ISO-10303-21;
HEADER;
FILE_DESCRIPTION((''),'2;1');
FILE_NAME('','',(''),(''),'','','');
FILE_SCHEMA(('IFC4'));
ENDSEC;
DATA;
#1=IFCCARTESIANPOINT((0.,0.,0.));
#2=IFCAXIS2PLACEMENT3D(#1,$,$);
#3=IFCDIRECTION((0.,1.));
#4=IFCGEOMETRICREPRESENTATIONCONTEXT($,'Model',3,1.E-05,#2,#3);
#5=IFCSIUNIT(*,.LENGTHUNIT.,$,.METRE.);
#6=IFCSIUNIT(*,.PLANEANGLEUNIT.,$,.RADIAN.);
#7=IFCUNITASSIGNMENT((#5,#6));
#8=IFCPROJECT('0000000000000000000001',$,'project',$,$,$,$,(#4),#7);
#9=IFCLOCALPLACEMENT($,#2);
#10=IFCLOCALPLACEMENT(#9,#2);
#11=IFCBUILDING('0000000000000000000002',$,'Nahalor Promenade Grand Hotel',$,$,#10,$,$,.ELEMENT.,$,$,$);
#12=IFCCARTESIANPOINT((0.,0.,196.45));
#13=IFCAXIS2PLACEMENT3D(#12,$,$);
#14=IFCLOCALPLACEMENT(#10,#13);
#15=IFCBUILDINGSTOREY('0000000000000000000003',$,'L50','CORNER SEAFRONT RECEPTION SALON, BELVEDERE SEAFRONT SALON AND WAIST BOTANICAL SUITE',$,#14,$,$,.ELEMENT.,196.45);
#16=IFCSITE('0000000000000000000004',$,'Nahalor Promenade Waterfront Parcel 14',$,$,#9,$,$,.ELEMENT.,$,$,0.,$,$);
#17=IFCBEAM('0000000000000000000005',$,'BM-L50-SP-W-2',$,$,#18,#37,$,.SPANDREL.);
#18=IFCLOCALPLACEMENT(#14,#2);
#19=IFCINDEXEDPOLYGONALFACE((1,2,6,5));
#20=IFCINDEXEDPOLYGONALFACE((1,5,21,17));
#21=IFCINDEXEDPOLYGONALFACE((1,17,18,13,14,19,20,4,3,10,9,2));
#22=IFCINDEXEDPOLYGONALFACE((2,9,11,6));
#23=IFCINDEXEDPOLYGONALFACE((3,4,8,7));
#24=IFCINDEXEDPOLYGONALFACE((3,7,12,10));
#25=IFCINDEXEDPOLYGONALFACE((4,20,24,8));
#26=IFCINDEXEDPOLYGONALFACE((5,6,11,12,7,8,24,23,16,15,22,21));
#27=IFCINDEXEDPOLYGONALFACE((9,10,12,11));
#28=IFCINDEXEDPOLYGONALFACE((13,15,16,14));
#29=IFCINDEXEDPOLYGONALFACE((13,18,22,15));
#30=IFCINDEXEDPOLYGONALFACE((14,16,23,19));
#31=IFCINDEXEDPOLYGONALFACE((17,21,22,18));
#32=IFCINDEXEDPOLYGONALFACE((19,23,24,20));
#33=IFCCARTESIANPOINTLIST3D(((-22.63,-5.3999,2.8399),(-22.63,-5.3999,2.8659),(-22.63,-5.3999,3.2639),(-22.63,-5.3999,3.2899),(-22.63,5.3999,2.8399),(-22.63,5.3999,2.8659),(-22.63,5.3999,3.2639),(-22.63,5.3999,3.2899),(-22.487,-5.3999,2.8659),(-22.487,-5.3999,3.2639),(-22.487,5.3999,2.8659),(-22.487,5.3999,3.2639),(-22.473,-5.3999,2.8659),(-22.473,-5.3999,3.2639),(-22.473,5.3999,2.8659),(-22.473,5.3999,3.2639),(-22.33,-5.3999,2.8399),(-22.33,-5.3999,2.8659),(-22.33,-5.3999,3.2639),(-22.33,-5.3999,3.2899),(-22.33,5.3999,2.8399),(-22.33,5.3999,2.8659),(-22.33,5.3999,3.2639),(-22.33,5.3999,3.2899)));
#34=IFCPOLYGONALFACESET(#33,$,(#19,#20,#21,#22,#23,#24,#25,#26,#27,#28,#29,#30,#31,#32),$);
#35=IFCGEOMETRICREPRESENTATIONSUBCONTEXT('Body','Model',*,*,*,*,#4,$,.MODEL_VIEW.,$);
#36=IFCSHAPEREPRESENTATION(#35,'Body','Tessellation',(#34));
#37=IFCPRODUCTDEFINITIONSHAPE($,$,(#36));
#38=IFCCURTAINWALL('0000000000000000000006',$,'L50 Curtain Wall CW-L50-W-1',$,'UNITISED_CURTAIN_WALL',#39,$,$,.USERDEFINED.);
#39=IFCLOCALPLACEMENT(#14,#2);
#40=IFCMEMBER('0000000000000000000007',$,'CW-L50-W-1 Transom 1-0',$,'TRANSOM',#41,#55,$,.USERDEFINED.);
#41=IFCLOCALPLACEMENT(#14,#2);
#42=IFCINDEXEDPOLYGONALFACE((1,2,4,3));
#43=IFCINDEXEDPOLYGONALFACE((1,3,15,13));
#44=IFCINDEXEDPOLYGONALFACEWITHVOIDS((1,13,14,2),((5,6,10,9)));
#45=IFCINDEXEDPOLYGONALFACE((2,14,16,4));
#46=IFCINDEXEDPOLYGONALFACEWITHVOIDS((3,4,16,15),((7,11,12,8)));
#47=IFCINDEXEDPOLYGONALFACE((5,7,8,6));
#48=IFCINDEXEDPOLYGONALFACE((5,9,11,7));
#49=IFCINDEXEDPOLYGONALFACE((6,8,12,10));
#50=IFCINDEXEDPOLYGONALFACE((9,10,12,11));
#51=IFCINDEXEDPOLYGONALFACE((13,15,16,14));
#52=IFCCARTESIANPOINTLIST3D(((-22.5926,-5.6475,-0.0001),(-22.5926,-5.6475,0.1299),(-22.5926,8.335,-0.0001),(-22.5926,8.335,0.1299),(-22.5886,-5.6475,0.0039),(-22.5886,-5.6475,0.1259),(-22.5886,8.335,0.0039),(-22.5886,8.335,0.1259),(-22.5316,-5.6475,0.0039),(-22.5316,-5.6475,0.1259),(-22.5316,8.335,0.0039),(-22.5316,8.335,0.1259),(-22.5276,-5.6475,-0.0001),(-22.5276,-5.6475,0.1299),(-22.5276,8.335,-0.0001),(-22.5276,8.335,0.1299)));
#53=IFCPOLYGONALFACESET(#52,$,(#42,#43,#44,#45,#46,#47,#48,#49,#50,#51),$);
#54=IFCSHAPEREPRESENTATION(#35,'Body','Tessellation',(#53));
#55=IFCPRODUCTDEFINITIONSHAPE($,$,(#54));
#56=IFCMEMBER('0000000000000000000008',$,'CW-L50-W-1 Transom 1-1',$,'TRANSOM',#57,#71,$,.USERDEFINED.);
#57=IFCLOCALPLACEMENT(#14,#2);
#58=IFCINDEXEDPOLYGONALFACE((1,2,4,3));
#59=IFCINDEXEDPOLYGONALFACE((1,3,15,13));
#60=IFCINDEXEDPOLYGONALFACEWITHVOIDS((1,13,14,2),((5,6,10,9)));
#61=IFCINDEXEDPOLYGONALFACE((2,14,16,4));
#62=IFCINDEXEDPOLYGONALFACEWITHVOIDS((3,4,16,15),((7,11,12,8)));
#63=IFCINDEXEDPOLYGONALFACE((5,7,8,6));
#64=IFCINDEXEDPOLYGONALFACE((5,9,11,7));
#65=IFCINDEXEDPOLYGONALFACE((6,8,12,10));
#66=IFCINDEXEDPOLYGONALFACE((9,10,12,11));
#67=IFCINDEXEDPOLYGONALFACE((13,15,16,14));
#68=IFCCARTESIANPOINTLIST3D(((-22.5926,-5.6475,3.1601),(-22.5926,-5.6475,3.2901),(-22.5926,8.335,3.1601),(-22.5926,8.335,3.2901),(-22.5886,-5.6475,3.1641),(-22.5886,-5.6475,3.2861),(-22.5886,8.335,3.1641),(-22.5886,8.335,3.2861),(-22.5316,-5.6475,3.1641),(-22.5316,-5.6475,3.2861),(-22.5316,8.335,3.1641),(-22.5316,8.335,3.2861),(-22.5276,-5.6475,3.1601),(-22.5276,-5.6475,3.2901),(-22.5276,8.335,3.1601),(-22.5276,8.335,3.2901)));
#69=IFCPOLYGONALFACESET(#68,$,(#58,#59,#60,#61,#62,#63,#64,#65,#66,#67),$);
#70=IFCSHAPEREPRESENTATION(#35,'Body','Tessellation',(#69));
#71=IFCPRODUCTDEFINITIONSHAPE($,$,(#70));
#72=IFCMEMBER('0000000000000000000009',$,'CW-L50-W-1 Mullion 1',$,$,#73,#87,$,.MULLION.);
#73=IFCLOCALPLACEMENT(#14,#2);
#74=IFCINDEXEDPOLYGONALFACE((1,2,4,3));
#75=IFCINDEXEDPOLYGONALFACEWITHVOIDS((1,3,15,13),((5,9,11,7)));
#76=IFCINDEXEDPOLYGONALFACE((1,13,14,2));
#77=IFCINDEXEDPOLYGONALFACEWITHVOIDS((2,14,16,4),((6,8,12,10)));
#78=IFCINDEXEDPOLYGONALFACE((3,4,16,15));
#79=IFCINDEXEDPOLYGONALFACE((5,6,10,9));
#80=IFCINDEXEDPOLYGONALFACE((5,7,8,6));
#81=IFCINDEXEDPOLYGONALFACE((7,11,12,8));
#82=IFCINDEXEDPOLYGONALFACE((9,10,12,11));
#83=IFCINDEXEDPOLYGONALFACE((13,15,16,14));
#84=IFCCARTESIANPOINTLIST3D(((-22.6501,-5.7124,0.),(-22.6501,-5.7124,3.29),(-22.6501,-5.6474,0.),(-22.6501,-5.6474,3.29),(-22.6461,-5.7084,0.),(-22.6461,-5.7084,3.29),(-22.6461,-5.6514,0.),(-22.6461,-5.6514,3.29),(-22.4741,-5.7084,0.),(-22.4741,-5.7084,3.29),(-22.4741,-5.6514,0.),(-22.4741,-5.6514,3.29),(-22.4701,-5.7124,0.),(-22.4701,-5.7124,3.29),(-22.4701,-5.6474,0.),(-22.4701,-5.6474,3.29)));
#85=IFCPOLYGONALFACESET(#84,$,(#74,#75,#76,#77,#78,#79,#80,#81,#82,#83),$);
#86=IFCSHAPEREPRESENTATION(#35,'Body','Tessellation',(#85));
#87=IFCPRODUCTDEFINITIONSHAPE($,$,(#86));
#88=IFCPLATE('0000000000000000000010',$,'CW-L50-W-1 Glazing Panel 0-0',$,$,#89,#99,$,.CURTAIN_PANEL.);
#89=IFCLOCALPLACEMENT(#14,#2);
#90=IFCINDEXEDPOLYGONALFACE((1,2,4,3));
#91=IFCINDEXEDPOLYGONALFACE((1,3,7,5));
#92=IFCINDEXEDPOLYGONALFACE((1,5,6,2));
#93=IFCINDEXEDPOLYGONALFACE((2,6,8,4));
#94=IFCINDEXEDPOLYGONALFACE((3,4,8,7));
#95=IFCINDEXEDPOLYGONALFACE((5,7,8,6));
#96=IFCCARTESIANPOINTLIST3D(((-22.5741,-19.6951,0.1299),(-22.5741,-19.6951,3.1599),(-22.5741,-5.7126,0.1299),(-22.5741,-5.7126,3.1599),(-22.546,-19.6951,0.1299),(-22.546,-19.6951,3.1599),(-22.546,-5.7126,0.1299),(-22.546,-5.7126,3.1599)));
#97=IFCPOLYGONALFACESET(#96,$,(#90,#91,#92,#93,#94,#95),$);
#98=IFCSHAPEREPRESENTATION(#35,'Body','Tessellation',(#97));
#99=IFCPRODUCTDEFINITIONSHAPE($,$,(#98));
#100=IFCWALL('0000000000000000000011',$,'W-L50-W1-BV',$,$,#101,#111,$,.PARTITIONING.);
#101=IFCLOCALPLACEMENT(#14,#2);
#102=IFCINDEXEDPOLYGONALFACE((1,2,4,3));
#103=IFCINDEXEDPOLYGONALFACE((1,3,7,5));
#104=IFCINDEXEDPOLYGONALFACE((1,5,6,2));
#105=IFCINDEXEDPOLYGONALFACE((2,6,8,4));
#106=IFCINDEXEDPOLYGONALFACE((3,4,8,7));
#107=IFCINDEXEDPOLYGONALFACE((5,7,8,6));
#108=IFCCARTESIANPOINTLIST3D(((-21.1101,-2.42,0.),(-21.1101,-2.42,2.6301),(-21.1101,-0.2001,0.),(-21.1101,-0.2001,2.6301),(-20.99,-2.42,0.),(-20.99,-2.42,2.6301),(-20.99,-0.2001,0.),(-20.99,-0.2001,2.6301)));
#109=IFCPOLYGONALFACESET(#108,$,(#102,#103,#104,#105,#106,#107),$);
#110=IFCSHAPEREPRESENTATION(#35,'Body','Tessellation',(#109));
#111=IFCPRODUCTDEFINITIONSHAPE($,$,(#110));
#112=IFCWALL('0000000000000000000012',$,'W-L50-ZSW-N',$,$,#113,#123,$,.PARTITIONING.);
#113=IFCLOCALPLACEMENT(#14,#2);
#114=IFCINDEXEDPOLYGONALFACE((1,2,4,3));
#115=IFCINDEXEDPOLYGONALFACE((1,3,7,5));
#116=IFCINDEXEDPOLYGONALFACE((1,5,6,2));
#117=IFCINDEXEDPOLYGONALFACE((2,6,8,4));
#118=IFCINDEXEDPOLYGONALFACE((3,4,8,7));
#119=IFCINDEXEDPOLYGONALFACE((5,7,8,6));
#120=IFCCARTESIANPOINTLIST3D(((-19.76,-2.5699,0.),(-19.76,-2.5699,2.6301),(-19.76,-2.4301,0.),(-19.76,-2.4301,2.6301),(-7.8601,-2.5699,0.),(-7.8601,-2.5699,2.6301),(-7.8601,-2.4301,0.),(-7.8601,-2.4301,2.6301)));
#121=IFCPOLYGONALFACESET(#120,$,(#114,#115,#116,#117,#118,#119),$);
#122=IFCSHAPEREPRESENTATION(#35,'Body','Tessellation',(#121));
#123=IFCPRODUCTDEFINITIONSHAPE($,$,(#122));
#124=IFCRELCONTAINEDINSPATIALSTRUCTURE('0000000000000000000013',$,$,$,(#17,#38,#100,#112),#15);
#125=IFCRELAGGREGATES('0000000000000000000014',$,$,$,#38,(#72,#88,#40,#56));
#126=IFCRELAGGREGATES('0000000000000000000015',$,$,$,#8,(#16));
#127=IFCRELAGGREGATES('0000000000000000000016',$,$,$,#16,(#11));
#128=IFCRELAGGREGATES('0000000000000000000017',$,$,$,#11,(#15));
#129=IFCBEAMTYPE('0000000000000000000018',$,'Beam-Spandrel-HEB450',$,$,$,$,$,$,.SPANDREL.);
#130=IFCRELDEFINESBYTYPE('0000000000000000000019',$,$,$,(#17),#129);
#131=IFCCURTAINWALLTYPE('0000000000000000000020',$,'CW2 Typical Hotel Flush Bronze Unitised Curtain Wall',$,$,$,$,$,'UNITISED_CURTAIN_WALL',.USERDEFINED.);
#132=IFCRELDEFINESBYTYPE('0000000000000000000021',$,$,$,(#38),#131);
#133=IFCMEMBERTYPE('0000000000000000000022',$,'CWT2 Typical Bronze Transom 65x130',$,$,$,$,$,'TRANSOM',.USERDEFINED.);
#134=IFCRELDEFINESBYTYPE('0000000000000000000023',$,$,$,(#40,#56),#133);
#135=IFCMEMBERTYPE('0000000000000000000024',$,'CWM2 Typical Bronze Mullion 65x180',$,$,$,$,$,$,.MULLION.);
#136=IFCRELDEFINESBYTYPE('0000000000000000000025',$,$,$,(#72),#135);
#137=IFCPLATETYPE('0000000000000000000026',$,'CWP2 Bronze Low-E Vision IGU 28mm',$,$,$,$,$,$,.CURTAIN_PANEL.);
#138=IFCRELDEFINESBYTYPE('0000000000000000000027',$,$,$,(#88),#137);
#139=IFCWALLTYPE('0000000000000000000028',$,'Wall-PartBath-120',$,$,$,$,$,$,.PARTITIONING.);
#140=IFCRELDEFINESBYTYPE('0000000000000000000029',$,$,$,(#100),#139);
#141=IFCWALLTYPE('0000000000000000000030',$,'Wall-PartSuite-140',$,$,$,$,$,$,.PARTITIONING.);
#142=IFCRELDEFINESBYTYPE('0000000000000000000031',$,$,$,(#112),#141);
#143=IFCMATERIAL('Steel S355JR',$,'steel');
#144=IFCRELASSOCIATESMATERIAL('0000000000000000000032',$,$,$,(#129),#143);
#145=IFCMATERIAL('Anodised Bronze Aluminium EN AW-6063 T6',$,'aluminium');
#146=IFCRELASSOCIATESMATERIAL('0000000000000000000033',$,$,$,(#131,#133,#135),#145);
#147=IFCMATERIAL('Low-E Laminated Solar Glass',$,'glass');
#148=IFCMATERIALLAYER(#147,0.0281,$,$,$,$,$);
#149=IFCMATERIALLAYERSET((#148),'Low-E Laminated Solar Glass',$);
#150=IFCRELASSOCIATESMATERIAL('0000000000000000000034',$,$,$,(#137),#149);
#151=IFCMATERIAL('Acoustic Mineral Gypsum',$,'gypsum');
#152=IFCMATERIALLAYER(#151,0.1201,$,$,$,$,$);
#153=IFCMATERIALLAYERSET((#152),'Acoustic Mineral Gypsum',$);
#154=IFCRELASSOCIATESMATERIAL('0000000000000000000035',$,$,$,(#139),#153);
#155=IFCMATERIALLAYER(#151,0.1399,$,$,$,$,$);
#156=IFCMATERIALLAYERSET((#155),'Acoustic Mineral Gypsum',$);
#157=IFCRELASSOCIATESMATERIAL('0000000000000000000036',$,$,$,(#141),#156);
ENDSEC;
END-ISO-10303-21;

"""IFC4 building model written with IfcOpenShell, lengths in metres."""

from ifc_helpers import new_model, si_unit, direction, frame, frame_2d, origin, origin_2d, place, context, subcontext, project, spatial, rectangle, hollow_rectangle, i_section, extrude, source, transform, mapped, material, layer, layer_set, material_profile, profile_set, type_object, element, aggregate, save


model = new_model("IFC4")

# Units and contexts
model_context = context("Model", 3, precision=1e-05, world=origin(), true_north=direction((0.0, 1.0)))
body_context = subcontext(model_context, "Body", "Model", "MODEL_VIEW")
ifc_project = project(units=[si_unit("LENGTHUNIT", "METRE"), si_unit("PLANEANGLEUNIT", "RADIAN")], contexts=[model_context])

# Site, building, storey
site_placement = place(None, origin())
site = spatial("IfcSite", under=ifc_project, at=site_placement, Name="Nahalor Promenade Waterfront Parcel 14", CompositionType="ELEMENT", RefElevation=0.0)
building_placement = place(site_placement, origin())
building = spatial("IfcBuilding", under=site, at=building_placement, Name="Nahalor Promenade Grand Hotel", CompositionType="ELEMENT")
storey_placement = place(building_placement, frame((0.0, 0.0, 196.45)))
storey = spatial("IfcBuildingStorey", under=building, at=storey_placement, Name="L50", Description="CORNER SEAFRONT RECEPTION SALON, BELVEDERE SEAFRONT SALON AND WAIST BOTANICAL SUITE", CompositionType="ELEMENT", Elevation=196.45)

# Beam
ifc_material_1 = material(Name="Steel S355JR", Category="steel")
ifc_material_profile_1 = material_profile(ifc_material_1, i_section(OverallWidth=0.3, OverallDepth=0.45, WebThickness=0.014, FlangeThickness=0.026, at=origin_2d()), Name="HEB 450")
ifc_profile_set_1 = profile_set([ifc_material_profile_1], Name="Steel S355JR")
beam_type_1 = type_object("IfcBeamType", Name="Beam-Spandrel-HEB450", PredefinedType="SPANDREL", material=ifc_profile_set_1)
shared_shape_1 = source(origin(), body_context, "Body", "SweptSolid", [
    extrude(i_section(OverallWidth=0.3, OverallDepth=0.45, WebThickness=0.014, FlangeThickness=0.026, at=origin_2d()), origin(), (0.0, 0.0, 1.0), 10.7998),
])
beam_1_placement = place(storey_placement, frame((-22.48, -5.3999, 3.0649), z_axis=(0.0, 1.0, 0.0), x_axis=(-1.0, 0.0, 0.0)))
element("IfcBeam", 1, at=beam_1_placement, inside=storey, type_object=beam_type_1, Name="BM-L50-SP-W-2", PredefinedType="SPANDREL", context=body_context, shape_type="MappedRepresentation", body=[
    mapped(shared_shape_1, transform((0.0, 0.0, 0.0), scale=1.0)),
])

# Curtain wall, members, plate
ifc_material_2 = material(Name="Anodised Bronze Aluminium EN AW-6063 T6", Category="aluminium")
curtain_wall_type = type_object("IfcCurtainWallType", Name="CW2 Typical Hotel Flush Bronze Unitised Curtain Wall", ElementType="UNITISED_CURTAIN_WALL", PredefinedType="USERDEFINED", material=ifc_material_2)
curtain_wall_placement = place(storey_placement, origin())
curtain_wall = element("IfcCurtainWall", 2, at=curtain_wall_placement, inside=storey, type_object=curtain_wall_type, Name="L50 Curtain Wall CW-L50-W-1", ObjectType="UNITISED_CURTAIN_WALL", PredefinedType="USERDEFINED")
ifc_material_profile_2 = material_profile(ifc_material_2, hollow_rectangle(XDim=0.065, YDim=0.13, WallThickness=0.004, at=origin_2d()), Name="CWT 65x130x4")
ifc_profile_set_2 = profile_set([ifc_material_profile_2], Name="Anodised Bronze Aluminium EN AW-6063 T6")
member_type_1 = type_object("IfcMemberType", Name="CWT2 Typical Bronze Transom 65x130", ElementType="TRANSOM", PredefinedType="USERDEFINED", material=ifc_profile_set_2)
shared_shape_2 = source(origin(), body_context, "Body", "SweptSolid", [
    extrude(hollow_rectangle(XDim=0.065, YDim=0.13, WallThickness=0.004, at=origin_2d()), origin(), (0.0, 0.0, 1.0), 13.9824),
])
member_1_placement = place(storey_placement, frame((-22.5601, -5.6475, 0.0649), z_axis=(0.0, 1.0, 0.0), x_axis=(-1.0, 0.0, 0.0)))
member_1 = element("IfcMember", 3, at=member_1_placement, type_object=member_type_1, Name="CW-L50-W-1 Transom 1-0", ObjectType="TRANSOM", PredefinedType="USERDEFINED", context=body_context, shape_type="MappedRepresentation", body=[
    mapped(shared_shape_2, transform((0.0, 0.0, 0.0), scale=1.0)),
])
member_2_placement = place(storey_placement, frame((-22.5601, -5.6475, 3.2251), z_axis=(0.0, 1.0, 0.0), x_axis=(-1.0, 0.0, 0.0)))
member_2 = element("IfcMember", 4, at=member_2_placement, type_object=member_type_1, Name="CW-L50-W-1 Transom 1-1", ObjectType="TRANSOM", PredefinedType="USERDEFINED", context=body_context, shape_type="MappedRepresentation", body=[
    mapped(shared_shape_2, transform((0.0, 0.0, 0.0), scale=1.0)),
])
ifc_material_profile_3 = material_profile(ifc_material_2, hollow_rectangle(XDim=0.065, YDim=0.18, WallThickness=0.004, at=origin_2d()), Name="CWM 65x180x4")
ifc_profile_set_3 = profile_set([ifc_material_profile_3], Name="Anodised Bronze Aluminium EN AW-6063 T6")
member_type_2 = type_object("IfcMemberType", Name="CWM2 Typical Bronze Mullion 65x180", PredefinedType="MULLION", material=ifc_profile_set_3)
shared_shape_3 = source(origin(), body_context, "Body", "SweptSolid", [
    extrude(hollow_rectangle(XDim=0.065, YDim=0.18, WallThickness=0.004, at=origin_2d()), origin(), (0.0, 0.0, 1.0), 3.29),
])
member_3_placement = place(storey_placement, frame((-22.5601, -5.6799, 0.0), z_axis=(0.0, 0.0, 1.0), x_axis=(0.0, 1.0, 0.0)))
member_3 = element("IfcMember", 5, at=member_3_placement, type_object=member_type_2, Name="CW-L50-W-1 Mullion 1", PredefinedType="MULLION", context=body_context, shape_type="MappedRepresentation", body=[
    mapped(shared_shape_3, transform((0.0, 0.0, 0.0), scale=1.0)),
])
ifc_material_3 = material(Name="Low-E Laminated Solar Glass", Category="glass")
ifc_layer_1 = layer(ifc_material_3, 0.0281)
ifc_layer_set_1 = layer_set([ifc_layer_1], Name="Low-E Laminated Solar Glass")
plate_type = type_object("IfcPlateType", Name="CWP2 Bronze Low-E Vision IGU 28mm", PredefinedType="CURTAIN_PANEL", material=ifc_layer_set_1)
shared_shape_4 = source(origin(), body_context, "Body", "SweptSolid", [
    extrude(rectangle(XDim=13.9824, YDim=0.0281, at=origin_2d()), origin(), (0.0, 0.0, 1.0), 3.03),
])
plate_placement = place(storey_placement, frame((-22.5601, -12.7039, 0.1299), z_axis=(0.0, 0.0, 1.0), x_axis=(0.0, 1.0, 0.0)))
plate = element("IfcPlate", 6, at=plate_placement, type_object=plate_type, Name="CW-L50-W-1 Glazing Panel 0-0", PredefinedType="CURTAIN_PANEL", context=body_context, shape_type="MappedRepresentation", body=[
    mapped(shared_shape_4, transform((0.0, 0.0, 0.0), scale=1.0)),
])
aggregate(curtain_wall, [member_3, plate, member_1, member_2])

# Walls
ifc_material_4 = material(Name="Acoustic Mineral Gypsum", Category="gypsum")
ifc_layer_2 = layer(ifc_material_4, 0.1201)
ifc_layer_set_2 = layer_set([ifc_layer_2], Name="Acoustic Mineral Gypsum")
wall_type_1 = type_object("IfcWallType", Name="Wall-PartBath-120", PredefinedType="PARTITIONING", material=ifc_layer_set_2)
shared_shape_5 = source(origin(), body_context, "Body", "SweptSolid", [
    extrude(rectangle(XDim=2.22, YDim=0.1201, at=frame_2d((1.1099, 0.0))), origin(), (0.0, 0.0, 1.0), 2.6301),
])
wall_1_placement = place(storey_placement, frame((-21.05, -2.4199, 0.0), z_axis=(0.0, 0.0, 1.0), x_axis=(0.0, 1.0, 0.0)))
element("IfcWall", 7, at=wall_1_placement, inside=storey, type_object=wall_type_1, Name="W-L50-W1-BV", PredefinedType="PARTITIONING", context=body_context, shape_type="MappedRepresentation", body=[
    mapped(shared_shape_5, transform((0.0, 0.0, 0.0), scale=1.0)),
])
ifc_layer_3 = layer(ifc_material_4, 0.1399)
ifc_layer_set_3 = layer_set([ifc_layer_3], Name="Acoustic Mineral Gypsum")
wall_type_2 = type_object("IfcWallType", Name="Wall-PartSuite-140", PredefinedType="PARTITIONING", material=ifc_layer_set_3)
shared_shape_6 = source(origin(), body_context, "Body", "SweptSolid", [
    extrude(rectangle(XDim=11.8999, YDim=0.1399, at=frame_2d((5.95, 0.0))), origin(), (0.0, 0.0, 1.0), 2.6301),
])
wall_2_placement = place(storey_placement, frame((-19.76, -2.5, 0.0), z_axis=(0.0, 0.0, 1.0), x_axis=(1.0, 0.0, 0.0)))
element("IfcWall", 8, at=wall_2_placement, inside=storey, type_object=wall_type_2, Name="W-L50-ZSW-N", PredefinedType="PARTITIONING", context=body_context, shape_type="MappedRepresentation", body=[
    mapped(shared_shape_6, transform((0.0, 0.0, 0.0), scale=1.0)),
])

save(model, "model.ifc")
